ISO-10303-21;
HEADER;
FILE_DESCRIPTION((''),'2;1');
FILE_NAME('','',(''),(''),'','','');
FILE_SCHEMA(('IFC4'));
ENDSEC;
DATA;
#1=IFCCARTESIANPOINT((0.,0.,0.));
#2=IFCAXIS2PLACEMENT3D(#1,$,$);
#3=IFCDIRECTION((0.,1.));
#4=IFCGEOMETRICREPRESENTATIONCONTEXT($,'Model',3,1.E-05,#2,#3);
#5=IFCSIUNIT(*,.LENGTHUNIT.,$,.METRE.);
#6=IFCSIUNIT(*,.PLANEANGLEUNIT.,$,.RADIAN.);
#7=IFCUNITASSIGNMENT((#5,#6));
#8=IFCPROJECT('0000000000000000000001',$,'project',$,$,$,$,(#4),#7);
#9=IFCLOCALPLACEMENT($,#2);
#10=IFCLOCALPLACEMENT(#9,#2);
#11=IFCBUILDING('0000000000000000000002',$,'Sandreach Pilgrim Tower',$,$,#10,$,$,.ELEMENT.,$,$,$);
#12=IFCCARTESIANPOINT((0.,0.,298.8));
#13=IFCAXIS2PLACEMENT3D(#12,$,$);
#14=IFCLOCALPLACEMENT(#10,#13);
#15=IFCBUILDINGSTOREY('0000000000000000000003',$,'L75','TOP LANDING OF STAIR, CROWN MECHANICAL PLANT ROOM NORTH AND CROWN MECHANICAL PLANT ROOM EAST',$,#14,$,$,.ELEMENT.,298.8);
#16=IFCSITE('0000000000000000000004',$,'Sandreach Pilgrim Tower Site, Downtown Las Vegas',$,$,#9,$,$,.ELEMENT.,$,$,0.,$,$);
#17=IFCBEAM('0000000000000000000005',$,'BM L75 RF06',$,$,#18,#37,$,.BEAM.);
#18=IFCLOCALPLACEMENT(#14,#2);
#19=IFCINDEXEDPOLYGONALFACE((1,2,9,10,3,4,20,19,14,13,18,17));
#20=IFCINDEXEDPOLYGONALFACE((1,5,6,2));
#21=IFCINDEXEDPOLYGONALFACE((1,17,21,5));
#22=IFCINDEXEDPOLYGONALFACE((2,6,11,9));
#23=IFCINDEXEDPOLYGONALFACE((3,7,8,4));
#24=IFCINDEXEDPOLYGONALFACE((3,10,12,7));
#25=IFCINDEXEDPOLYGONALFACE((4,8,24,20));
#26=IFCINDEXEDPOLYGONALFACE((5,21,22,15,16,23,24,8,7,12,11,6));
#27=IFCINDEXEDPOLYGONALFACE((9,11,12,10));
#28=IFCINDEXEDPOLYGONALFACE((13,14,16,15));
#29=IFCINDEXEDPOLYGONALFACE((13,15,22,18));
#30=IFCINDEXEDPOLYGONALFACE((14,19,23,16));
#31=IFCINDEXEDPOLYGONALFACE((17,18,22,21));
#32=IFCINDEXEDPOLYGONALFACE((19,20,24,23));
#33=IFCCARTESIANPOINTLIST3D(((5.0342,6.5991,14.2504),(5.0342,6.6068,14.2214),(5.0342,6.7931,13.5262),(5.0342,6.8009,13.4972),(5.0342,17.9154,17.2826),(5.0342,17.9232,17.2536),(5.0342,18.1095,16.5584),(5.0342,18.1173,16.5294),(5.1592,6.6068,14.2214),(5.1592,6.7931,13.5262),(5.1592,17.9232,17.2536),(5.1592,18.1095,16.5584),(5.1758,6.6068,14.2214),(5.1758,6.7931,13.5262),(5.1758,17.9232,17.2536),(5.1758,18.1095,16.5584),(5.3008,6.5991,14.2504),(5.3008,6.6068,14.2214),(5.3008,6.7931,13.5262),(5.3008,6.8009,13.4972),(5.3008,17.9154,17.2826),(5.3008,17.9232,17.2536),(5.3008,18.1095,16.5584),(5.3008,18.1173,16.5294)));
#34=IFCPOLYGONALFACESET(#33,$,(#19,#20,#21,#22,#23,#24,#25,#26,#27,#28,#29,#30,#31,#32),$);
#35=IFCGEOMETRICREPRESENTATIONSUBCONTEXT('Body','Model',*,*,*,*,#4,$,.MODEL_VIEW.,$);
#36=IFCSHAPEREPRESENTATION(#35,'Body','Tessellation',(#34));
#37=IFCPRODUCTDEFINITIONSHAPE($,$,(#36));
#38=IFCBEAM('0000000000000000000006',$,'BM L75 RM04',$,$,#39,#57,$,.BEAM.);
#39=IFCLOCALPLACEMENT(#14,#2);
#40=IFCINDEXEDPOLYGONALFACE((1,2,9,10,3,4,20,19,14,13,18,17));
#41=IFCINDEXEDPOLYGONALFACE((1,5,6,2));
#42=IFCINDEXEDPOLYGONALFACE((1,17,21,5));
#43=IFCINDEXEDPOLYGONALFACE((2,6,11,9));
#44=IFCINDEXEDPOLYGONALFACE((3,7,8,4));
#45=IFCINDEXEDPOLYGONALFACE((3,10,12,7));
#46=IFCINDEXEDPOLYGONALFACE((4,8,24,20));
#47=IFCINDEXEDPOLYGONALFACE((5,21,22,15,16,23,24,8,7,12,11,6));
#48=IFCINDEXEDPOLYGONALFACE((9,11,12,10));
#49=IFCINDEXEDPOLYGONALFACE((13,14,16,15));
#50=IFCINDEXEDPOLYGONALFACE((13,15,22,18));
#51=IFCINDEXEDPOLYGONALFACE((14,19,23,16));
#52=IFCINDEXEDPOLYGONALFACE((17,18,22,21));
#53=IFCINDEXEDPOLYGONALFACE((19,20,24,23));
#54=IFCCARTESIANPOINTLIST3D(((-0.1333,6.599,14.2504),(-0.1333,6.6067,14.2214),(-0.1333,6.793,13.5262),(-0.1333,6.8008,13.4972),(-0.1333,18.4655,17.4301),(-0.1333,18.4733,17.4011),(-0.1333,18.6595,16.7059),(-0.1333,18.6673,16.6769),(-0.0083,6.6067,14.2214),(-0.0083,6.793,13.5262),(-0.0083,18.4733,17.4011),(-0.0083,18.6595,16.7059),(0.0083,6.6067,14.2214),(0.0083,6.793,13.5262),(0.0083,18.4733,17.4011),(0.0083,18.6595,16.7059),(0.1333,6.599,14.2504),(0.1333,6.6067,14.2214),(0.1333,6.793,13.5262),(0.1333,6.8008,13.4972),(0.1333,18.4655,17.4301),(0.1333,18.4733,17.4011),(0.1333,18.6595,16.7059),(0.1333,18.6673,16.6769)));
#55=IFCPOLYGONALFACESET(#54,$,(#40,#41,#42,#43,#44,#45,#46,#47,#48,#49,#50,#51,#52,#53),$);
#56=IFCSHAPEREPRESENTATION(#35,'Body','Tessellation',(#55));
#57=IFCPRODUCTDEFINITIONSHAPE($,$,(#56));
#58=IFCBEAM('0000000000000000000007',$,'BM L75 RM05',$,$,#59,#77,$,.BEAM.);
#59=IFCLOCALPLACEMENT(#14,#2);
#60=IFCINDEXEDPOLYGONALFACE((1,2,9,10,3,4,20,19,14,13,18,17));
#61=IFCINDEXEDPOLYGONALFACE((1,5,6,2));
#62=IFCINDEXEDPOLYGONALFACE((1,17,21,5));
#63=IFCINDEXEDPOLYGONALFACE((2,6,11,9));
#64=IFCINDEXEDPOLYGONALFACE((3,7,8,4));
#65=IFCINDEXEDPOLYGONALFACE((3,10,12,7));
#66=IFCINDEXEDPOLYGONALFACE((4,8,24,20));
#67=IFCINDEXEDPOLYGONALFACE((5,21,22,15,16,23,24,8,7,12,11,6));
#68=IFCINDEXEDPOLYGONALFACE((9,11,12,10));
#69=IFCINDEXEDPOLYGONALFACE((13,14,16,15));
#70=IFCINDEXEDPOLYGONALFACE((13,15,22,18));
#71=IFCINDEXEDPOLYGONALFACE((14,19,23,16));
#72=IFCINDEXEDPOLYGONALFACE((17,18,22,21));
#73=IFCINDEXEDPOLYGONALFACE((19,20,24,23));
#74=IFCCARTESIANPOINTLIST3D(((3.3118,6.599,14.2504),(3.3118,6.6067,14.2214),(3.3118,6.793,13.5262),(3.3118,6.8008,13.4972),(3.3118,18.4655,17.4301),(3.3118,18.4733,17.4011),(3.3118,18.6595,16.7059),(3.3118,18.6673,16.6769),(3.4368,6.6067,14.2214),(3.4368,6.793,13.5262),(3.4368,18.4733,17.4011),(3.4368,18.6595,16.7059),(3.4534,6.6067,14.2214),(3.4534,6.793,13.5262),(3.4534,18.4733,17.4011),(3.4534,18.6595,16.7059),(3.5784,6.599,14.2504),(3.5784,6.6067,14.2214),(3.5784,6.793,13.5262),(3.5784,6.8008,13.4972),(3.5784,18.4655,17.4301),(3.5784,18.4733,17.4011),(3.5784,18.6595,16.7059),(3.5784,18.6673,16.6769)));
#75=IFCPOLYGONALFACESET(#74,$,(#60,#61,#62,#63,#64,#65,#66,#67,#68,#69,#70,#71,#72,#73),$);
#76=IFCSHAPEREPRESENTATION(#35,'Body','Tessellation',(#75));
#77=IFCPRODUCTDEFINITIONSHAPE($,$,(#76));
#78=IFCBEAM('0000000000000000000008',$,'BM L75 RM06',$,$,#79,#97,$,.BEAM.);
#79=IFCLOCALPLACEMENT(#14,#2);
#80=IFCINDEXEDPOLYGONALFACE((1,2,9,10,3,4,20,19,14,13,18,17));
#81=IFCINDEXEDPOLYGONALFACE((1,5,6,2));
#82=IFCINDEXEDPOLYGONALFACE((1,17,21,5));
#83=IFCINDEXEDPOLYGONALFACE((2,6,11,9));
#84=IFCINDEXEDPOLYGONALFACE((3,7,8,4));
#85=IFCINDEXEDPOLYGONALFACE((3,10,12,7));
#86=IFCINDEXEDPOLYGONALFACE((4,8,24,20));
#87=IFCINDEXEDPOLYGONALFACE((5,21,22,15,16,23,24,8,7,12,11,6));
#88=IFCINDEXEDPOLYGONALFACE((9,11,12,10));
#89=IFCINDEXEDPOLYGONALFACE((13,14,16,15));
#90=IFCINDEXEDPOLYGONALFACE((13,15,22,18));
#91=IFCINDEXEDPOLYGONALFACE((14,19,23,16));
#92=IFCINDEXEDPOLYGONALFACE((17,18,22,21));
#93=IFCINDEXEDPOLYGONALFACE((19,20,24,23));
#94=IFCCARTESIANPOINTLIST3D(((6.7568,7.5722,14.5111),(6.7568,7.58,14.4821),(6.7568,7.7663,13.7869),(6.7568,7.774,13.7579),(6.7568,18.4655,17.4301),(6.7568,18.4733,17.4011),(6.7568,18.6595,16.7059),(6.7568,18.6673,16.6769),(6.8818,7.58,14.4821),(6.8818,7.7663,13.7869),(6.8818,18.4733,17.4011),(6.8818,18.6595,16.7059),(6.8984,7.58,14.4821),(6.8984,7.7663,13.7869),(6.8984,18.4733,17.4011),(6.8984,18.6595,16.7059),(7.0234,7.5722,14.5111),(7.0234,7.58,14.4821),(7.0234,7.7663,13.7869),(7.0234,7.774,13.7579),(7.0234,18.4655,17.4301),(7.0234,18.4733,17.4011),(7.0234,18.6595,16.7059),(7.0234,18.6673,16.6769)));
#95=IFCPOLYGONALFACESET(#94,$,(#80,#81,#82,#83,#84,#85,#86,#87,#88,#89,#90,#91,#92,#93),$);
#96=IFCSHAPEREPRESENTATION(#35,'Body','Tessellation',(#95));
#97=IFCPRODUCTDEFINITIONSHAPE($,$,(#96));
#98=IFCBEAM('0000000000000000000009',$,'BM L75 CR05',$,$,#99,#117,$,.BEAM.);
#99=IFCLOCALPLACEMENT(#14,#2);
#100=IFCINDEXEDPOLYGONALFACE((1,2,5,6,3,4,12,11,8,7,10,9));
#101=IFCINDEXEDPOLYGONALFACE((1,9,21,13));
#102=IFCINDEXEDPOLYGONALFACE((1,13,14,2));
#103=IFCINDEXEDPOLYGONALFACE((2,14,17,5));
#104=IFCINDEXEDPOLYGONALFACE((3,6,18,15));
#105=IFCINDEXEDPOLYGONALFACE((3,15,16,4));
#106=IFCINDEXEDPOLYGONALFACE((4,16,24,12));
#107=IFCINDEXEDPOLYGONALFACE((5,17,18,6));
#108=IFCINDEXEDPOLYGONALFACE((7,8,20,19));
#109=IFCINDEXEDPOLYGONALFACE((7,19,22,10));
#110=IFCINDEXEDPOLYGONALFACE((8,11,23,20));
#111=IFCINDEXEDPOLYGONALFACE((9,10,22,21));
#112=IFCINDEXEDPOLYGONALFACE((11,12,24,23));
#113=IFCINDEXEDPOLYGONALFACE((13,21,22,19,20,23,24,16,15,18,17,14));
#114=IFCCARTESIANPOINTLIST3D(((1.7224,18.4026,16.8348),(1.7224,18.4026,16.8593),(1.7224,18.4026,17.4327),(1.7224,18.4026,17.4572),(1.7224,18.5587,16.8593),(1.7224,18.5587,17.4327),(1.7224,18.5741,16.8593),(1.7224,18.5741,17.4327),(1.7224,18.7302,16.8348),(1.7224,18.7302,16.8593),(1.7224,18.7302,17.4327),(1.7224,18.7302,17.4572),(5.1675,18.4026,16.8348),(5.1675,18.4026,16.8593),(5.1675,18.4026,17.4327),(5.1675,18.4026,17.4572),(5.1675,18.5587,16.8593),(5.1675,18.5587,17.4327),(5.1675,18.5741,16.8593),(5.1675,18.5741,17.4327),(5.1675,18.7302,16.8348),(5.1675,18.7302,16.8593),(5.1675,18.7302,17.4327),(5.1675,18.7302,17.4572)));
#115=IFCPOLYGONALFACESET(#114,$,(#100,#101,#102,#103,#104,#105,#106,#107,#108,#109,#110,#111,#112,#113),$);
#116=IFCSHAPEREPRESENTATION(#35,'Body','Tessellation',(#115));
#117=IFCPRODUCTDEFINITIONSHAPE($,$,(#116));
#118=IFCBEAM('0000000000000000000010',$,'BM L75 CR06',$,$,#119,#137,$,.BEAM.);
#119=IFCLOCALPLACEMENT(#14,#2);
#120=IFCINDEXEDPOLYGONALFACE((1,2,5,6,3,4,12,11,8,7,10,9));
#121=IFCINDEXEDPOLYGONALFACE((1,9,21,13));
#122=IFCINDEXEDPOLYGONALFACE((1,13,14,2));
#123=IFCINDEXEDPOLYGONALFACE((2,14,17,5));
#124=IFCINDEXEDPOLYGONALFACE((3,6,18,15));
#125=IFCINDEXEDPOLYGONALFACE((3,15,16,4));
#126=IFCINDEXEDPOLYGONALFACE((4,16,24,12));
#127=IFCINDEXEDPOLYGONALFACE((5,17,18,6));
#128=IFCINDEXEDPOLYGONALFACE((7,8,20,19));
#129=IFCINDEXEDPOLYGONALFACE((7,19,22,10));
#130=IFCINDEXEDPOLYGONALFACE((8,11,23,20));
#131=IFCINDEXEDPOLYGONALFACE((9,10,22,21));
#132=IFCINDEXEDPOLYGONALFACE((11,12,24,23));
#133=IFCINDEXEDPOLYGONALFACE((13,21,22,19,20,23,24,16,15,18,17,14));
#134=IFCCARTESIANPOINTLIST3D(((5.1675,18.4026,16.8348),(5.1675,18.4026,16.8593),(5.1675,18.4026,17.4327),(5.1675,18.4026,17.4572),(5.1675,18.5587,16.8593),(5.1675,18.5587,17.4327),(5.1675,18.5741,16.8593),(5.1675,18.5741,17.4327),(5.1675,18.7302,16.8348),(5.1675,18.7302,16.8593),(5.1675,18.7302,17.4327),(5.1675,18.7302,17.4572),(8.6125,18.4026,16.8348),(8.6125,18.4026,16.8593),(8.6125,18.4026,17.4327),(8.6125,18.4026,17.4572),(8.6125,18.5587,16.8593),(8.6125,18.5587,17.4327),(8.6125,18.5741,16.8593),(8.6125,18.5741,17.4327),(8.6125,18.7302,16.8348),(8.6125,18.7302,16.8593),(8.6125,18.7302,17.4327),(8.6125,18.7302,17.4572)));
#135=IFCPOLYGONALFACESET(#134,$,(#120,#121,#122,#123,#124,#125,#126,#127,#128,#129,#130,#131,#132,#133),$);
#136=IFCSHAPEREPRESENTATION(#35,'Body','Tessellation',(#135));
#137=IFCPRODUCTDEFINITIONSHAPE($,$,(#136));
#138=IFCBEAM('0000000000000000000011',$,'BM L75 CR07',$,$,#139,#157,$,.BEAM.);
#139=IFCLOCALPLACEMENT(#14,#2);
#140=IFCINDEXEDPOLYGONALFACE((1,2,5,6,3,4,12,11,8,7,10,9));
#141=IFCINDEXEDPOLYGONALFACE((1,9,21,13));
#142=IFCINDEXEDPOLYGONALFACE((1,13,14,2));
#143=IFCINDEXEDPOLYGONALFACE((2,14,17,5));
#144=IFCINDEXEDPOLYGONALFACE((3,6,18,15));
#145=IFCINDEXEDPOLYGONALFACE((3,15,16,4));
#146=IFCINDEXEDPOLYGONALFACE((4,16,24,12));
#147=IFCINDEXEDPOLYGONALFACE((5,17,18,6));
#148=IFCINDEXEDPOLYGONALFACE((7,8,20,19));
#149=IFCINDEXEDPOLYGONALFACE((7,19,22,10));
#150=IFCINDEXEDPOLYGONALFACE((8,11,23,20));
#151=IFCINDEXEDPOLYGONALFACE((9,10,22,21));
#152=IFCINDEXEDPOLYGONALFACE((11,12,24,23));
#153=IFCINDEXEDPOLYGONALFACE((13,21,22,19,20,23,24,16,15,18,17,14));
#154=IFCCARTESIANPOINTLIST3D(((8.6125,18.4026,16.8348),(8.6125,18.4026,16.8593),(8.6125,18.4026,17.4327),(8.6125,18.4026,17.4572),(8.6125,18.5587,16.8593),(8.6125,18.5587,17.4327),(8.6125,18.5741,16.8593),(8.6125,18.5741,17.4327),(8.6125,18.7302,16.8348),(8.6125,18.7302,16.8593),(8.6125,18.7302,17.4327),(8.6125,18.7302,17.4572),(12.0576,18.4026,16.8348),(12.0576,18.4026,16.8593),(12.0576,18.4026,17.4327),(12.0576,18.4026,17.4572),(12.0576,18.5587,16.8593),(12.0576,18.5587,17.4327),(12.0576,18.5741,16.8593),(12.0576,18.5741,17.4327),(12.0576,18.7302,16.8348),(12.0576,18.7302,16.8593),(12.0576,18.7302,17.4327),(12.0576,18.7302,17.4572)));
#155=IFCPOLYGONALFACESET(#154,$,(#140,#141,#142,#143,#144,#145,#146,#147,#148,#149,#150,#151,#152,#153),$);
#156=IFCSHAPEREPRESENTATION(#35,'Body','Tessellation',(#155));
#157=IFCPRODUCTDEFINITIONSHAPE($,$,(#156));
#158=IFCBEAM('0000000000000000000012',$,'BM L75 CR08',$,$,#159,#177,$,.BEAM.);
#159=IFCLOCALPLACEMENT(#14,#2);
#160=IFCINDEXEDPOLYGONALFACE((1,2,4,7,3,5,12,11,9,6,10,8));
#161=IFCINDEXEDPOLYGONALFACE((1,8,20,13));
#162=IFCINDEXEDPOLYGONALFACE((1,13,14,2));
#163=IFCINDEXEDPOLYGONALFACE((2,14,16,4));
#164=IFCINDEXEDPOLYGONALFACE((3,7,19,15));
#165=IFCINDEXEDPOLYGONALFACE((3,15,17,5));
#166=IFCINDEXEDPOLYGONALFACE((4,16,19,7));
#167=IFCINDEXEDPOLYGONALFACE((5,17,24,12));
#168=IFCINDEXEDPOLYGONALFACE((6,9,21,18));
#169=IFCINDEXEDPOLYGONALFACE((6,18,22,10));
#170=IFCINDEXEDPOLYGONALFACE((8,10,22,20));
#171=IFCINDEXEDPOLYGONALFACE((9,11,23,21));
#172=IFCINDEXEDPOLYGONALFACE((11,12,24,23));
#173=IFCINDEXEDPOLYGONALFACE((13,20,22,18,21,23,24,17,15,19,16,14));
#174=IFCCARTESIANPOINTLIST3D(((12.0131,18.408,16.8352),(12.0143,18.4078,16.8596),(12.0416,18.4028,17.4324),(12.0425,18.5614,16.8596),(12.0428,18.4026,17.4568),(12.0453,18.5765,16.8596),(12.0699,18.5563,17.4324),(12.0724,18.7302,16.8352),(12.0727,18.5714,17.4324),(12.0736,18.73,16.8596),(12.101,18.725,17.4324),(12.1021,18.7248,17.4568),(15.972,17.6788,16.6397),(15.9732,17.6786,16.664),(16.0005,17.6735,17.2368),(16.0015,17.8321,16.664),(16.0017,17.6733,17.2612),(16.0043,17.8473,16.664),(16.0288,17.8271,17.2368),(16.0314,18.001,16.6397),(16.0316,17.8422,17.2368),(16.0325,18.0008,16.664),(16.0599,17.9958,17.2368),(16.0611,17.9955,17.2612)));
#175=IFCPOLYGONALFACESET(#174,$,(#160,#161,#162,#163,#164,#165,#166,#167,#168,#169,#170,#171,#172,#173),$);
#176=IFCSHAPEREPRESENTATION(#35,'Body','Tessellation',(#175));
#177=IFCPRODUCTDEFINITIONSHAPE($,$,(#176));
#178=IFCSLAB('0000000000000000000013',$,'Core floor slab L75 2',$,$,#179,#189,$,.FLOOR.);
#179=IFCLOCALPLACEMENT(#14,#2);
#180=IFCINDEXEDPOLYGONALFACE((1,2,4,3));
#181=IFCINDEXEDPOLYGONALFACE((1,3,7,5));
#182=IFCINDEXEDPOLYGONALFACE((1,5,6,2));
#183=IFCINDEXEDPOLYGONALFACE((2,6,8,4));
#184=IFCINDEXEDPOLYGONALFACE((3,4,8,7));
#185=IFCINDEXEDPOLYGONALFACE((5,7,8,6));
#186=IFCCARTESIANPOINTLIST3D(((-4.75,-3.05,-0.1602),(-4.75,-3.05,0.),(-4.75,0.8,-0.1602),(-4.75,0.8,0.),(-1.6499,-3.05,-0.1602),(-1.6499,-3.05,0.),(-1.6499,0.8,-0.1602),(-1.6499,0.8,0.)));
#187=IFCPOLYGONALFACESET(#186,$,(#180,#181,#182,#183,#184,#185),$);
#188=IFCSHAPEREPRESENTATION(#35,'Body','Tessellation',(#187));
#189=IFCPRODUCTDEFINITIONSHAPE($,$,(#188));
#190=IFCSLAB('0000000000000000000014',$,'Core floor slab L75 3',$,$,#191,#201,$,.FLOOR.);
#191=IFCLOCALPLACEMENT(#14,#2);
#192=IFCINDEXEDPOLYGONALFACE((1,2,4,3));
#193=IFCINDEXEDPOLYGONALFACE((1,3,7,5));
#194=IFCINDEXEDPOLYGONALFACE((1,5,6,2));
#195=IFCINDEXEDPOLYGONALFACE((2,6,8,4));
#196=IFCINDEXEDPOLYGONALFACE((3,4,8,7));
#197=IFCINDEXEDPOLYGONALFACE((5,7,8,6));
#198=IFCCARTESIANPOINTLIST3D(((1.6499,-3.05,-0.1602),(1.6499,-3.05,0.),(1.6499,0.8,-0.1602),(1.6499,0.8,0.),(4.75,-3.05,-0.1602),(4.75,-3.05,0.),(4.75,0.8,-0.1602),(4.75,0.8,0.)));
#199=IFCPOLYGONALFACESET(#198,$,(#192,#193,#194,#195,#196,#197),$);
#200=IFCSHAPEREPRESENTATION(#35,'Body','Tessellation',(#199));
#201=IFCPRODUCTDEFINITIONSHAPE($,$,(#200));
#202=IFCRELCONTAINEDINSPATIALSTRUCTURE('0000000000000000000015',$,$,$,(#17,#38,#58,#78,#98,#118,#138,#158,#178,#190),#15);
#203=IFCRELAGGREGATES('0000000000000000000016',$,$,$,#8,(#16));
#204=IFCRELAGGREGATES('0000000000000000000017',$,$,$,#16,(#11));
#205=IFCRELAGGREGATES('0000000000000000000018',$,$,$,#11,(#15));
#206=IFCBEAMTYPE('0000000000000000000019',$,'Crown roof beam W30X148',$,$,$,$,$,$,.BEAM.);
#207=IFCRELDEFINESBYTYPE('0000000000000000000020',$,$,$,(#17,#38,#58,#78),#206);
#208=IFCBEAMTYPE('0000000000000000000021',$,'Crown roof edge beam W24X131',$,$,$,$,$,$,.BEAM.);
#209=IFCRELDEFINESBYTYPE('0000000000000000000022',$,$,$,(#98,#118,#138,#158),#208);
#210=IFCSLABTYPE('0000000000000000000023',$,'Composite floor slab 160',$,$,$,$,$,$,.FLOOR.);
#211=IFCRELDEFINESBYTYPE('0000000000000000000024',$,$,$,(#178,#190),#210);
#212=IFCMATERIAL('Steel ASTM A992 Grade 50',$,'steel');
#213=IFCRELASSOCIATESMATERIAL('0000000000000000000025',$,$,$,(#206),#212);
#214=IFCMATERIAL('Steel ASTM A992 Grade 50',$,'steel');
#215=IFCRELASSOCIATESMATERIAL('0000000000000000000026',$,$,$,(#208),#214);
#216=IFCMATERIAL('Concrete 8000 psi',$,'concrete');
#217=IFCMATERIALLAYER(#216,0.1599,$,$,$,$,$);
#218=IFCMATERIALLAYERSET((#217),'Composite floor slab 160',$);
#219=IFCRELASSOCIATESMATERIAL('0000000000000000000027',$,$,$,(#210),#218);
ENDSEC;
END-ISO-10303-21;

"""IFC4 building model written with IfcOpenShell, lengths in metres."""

from ifc_helpers import new_model, si_unit, direction, frame, origin, origin_2d, place, context, subcontext, project, spatial, polyline, i_section, outline, extrude, material, layer, layer_set, material_profile, profile_set, type_object, element, save


model = new_model("IFC4")

# Units and contexts
model_context = context("Model", 3, precision=1e-05, world=origin(), true_north=direction((0.0, 1.0)))
body_context = subcontext(model_context, "Body", "Model", "MODEL_VIEW")
ifc_project = project(units=[si_unit("LENGTHUNIT", "METRE"), si_unit("PLANEANGLEUNIT", "RADIAN")], contexts=[model_context])

# Site, building, storey
site_placement = place(None, origin())
site = spatial("IfcSite", under=ifc_project, at=site_placement, Name="Sandreach Pilgrim Tower Site, Downtown Las Vegas", CompositionType="ELEMENT", RefElevation=0.0)
building_placement = place(site_placement, origin())
building = spatial("IfcBuilding", under=site, at=building_placement, Name="Sandreach Pilgrim Tower", CompositionType="ELEMENT")
storey_placement = place(building_placement, frame((0.0, 0.0, 298.8)))
storey = spatial("IfcBuildingStorey", under=building, at=storey_placement, Name="L75", Description="TOP LANDING OF STAIR, CROWN MECHANICAL PLANT ROOM NORTH AND CROWN MECHANICAL PLANT ROOM EAST", CompositionType="ELEMENT", Elevation=298.8)

# Beams
ifc_material_1 = material(Name="Steel ASTM A992 Grade 50", Category="steel")
ifc_material_profile_1 = material_profile(ifc_material_1, i_section(OverallWidth=0.2666, OverallDepth=0.7798, WebThickness=0.0166, FlangeThickness=0.03, at=origin_2d()), Name="W30X148")
ifc_profile_set_1 = profile_set([ifc_material_profile_1], Name="Steel ASTM A992 Grade 50")
beam_type_1 = type_object("IfcBeamType", Name="Crown roof beam W30X148", PredefinedType="BEAM", material=ifc_profile_set_1)
for number, where, z_axis, x_axis, name in (
    (1, (5.1675, 18.0164, 16.906), (0.0, -0.965926, -0.258819), (1.0, 0.0, 0.0), "BM L75 RF06"),
):
    element("IfcBeam", number, at=place(storey_placement, frame(where, z_axis=z_axis, x_axis=x_axis)), inside=storey, type_object=beam_type_1, Name=name, PredefinedType="BEAM", context=body_context, shape_type="SweptSolid", body=[
        extrude(i_section(OverallWidth=0.2666, OverallDepth=0.7798, WebThickness=0.0166, FlangeThickness=0.03, at=origin_2d()), origin(), (0.0, 0.0, 1.0), 11.7156),
    ])
for number, where, z_axis, x_axis, name in (
    (2, (0.0, 18.5664, 17.0535), (0.0, -0.965924, -0.258825), (1.0, 0.0, 0.0), "BM L75 RM04"),
    (3, (3.4451, 18.5664, 17.0535), (0.0, -0.965924, -0.258825), (1.0, 0.0, 0.0), "BM L75 RM05"),
):
    element("IfcBeam", number, at=place(storey_placement, frame(where, z_axis=z_axis, x_axis=x_axis)), inside=storey, type_object=beam_type_1, Name=name, PredefinedType="BEAM", context=body_context, shape_type="SweptSolid", body=[
        extrude(i_section(OverallWidth=0.2666, OverallDepth=0.7798, WebThickness=0.0166, FlangeThickness=0.03, at=origin_2d()), origin(), (0.0, 0.0, 1.0), 12.2852),
    ])
beam_1_placement = place(storey_placement, frame((6.8901, 18.5664, 17.0535), z_axis=(0.0, -0.965924, -0.258827), x_axis=(1.0, 0.0, 0.0)))
element("IfcBeam", 4, at=beam_1_placement, inside=storey, type_object=beam_type_1, Name="BM L75 RM06", PredefinedType="BEAM", context=body_context, shape_type="SweptSolid", body=[
    extrude(i_section(OverallWidth=0.2666, OverallDepth=0.7798, WebThickness=0.0166, FlangeThickness=0.03, at=origin_2d()), origin(), (0.0, 0.0, 1.0), 11.2776),
])
ifc_material_2 = material(Name="Steel ASTM A992 Grade 50", Category="steel")
ifc_material_profile_2 = material_profile(ifc_material_2, i_section(OverallWidth=0.3276, OverallDepth=0.6223, WebThickness=0.0154, FlangeThickness=0.0244, at=origin_2d()), Name="W24X131")
ifc_profile_set_2 = profile_set([ifc_material_profile_2], Name="Steel ASTM A992 Grade 50")
beam_type_2 = type_object("IfcBeamType", Name="Crown roof edge beam W24X131", PredefinedType="BEAM", material=ifc_profile_set_2)
for number, where, z_axis, x_axis, name in (
    (5, (1.7224, 18.5664, 17.146), (1.0, 0.0, 0.0), (0.0, 1.0, 0.0), "BM L75 CR05"),
    (6, (5.1675, 18.5664, 17.146), (1.0, 0.0, 0.0), (0.0, 1.0, 0.0), "BM L75 CR06"),
    (7, (8.6125, 18.5664, 17.146), (1.0, 0.0, 0.0), (0.0, 1.0, 0.0), "BM L75 CR07"),
):
    element("IfcBeam", number, at=place(storey_placement, frame(where, z_axis=z_axis, x_axis=x_axis)), inside=storey, type_object=beam_type_2, Name=name, PredefinedType="BEAM", context=body_context, shape_type="SweptSolid", body=[
        extrude(i_section(OverallWidth=0.3276, OverallDepth=0.6223, WebThickness=0.0154, FlangeThickness=0.0244, at=origin_2d()), origin(), (0.0, 0.0, 1.0), 3.4451),
    ])
beam_2_placement = place(storey_placement, frame((12.0576, 18.5664, 17.146), z_axis=(0.982297, -0.18094, -0.048521), x_axis=(0.181153, 0.983455, 0.0)))
element("IfcBeam", 8, at=beam_2_placement, inside=storey, type_object=beam_type_2, Name="BM L75 CR08", PredefinedType="BEAM", context=body_context, shape_type="SweptSolid", body=[
    extrude(i_section(OverallWidth=0.3276, OverallDepth=0.6223, WebThickness=0.0154, FlangeThickness=0.0244, at=origin_2d()), origin(), (0.0, 0.0, 1.0), 4.0303),
])

# Slabs
ifc_material_3 = material(Name="Concrete 8000 psi", Category="concrete")
ifc_layer_1 = layer(ifc_material_3, 0.1599)
ifc_layer_set_1 = layer_set([ifc_layer_1], Name="Composite floor slab 160")
slab_type_1 = type_object("IfcSlabType", Name="Composite floor slab 160", PredefinedType="FLOOR", material=ifc_layer_set_1)
slab_1_placement = place(storey_placement, frame((0.0, 0.0, -0.1602)))
element("IfcSlab", 9, at=slab_1_placement, inside=storey, type_object=slab_type_1, Name="Core floor slab L75 2", PredefinedType="FLOOR", context=body_context, shape_type="SweptSolid", body=[
    extrude(outline(polyline([(-1.6499, -3.05), (-4.75, -3.05), (-4.75, 0.8), (-1.6499, 0.8), (-1.6499, -3.05)])), origin(), (0.0, 0.0, 1.0), 0.1602),
])
slab_2_placement = place(storey_placement, frame((0.0, 0.0, -0.1602)))
element("IfcSlab", 10, at=slab_2_placement, inside=storey, type_object=slab_type_1, Name="Core floor slab L75 3", PredefinedType="FLOOR", context=body_context, shape_type="SweptSolid", body=[
    extrude(outline(polyline([(4.75, -3.05), (1.6499, -3.05), (1.6499, 0.8), (4.75, 0.8), (4.75, -3.05)])), origin(), (0.0, 0.0, 1.0), 0.1602),
])

save(model, "model.ifc")
